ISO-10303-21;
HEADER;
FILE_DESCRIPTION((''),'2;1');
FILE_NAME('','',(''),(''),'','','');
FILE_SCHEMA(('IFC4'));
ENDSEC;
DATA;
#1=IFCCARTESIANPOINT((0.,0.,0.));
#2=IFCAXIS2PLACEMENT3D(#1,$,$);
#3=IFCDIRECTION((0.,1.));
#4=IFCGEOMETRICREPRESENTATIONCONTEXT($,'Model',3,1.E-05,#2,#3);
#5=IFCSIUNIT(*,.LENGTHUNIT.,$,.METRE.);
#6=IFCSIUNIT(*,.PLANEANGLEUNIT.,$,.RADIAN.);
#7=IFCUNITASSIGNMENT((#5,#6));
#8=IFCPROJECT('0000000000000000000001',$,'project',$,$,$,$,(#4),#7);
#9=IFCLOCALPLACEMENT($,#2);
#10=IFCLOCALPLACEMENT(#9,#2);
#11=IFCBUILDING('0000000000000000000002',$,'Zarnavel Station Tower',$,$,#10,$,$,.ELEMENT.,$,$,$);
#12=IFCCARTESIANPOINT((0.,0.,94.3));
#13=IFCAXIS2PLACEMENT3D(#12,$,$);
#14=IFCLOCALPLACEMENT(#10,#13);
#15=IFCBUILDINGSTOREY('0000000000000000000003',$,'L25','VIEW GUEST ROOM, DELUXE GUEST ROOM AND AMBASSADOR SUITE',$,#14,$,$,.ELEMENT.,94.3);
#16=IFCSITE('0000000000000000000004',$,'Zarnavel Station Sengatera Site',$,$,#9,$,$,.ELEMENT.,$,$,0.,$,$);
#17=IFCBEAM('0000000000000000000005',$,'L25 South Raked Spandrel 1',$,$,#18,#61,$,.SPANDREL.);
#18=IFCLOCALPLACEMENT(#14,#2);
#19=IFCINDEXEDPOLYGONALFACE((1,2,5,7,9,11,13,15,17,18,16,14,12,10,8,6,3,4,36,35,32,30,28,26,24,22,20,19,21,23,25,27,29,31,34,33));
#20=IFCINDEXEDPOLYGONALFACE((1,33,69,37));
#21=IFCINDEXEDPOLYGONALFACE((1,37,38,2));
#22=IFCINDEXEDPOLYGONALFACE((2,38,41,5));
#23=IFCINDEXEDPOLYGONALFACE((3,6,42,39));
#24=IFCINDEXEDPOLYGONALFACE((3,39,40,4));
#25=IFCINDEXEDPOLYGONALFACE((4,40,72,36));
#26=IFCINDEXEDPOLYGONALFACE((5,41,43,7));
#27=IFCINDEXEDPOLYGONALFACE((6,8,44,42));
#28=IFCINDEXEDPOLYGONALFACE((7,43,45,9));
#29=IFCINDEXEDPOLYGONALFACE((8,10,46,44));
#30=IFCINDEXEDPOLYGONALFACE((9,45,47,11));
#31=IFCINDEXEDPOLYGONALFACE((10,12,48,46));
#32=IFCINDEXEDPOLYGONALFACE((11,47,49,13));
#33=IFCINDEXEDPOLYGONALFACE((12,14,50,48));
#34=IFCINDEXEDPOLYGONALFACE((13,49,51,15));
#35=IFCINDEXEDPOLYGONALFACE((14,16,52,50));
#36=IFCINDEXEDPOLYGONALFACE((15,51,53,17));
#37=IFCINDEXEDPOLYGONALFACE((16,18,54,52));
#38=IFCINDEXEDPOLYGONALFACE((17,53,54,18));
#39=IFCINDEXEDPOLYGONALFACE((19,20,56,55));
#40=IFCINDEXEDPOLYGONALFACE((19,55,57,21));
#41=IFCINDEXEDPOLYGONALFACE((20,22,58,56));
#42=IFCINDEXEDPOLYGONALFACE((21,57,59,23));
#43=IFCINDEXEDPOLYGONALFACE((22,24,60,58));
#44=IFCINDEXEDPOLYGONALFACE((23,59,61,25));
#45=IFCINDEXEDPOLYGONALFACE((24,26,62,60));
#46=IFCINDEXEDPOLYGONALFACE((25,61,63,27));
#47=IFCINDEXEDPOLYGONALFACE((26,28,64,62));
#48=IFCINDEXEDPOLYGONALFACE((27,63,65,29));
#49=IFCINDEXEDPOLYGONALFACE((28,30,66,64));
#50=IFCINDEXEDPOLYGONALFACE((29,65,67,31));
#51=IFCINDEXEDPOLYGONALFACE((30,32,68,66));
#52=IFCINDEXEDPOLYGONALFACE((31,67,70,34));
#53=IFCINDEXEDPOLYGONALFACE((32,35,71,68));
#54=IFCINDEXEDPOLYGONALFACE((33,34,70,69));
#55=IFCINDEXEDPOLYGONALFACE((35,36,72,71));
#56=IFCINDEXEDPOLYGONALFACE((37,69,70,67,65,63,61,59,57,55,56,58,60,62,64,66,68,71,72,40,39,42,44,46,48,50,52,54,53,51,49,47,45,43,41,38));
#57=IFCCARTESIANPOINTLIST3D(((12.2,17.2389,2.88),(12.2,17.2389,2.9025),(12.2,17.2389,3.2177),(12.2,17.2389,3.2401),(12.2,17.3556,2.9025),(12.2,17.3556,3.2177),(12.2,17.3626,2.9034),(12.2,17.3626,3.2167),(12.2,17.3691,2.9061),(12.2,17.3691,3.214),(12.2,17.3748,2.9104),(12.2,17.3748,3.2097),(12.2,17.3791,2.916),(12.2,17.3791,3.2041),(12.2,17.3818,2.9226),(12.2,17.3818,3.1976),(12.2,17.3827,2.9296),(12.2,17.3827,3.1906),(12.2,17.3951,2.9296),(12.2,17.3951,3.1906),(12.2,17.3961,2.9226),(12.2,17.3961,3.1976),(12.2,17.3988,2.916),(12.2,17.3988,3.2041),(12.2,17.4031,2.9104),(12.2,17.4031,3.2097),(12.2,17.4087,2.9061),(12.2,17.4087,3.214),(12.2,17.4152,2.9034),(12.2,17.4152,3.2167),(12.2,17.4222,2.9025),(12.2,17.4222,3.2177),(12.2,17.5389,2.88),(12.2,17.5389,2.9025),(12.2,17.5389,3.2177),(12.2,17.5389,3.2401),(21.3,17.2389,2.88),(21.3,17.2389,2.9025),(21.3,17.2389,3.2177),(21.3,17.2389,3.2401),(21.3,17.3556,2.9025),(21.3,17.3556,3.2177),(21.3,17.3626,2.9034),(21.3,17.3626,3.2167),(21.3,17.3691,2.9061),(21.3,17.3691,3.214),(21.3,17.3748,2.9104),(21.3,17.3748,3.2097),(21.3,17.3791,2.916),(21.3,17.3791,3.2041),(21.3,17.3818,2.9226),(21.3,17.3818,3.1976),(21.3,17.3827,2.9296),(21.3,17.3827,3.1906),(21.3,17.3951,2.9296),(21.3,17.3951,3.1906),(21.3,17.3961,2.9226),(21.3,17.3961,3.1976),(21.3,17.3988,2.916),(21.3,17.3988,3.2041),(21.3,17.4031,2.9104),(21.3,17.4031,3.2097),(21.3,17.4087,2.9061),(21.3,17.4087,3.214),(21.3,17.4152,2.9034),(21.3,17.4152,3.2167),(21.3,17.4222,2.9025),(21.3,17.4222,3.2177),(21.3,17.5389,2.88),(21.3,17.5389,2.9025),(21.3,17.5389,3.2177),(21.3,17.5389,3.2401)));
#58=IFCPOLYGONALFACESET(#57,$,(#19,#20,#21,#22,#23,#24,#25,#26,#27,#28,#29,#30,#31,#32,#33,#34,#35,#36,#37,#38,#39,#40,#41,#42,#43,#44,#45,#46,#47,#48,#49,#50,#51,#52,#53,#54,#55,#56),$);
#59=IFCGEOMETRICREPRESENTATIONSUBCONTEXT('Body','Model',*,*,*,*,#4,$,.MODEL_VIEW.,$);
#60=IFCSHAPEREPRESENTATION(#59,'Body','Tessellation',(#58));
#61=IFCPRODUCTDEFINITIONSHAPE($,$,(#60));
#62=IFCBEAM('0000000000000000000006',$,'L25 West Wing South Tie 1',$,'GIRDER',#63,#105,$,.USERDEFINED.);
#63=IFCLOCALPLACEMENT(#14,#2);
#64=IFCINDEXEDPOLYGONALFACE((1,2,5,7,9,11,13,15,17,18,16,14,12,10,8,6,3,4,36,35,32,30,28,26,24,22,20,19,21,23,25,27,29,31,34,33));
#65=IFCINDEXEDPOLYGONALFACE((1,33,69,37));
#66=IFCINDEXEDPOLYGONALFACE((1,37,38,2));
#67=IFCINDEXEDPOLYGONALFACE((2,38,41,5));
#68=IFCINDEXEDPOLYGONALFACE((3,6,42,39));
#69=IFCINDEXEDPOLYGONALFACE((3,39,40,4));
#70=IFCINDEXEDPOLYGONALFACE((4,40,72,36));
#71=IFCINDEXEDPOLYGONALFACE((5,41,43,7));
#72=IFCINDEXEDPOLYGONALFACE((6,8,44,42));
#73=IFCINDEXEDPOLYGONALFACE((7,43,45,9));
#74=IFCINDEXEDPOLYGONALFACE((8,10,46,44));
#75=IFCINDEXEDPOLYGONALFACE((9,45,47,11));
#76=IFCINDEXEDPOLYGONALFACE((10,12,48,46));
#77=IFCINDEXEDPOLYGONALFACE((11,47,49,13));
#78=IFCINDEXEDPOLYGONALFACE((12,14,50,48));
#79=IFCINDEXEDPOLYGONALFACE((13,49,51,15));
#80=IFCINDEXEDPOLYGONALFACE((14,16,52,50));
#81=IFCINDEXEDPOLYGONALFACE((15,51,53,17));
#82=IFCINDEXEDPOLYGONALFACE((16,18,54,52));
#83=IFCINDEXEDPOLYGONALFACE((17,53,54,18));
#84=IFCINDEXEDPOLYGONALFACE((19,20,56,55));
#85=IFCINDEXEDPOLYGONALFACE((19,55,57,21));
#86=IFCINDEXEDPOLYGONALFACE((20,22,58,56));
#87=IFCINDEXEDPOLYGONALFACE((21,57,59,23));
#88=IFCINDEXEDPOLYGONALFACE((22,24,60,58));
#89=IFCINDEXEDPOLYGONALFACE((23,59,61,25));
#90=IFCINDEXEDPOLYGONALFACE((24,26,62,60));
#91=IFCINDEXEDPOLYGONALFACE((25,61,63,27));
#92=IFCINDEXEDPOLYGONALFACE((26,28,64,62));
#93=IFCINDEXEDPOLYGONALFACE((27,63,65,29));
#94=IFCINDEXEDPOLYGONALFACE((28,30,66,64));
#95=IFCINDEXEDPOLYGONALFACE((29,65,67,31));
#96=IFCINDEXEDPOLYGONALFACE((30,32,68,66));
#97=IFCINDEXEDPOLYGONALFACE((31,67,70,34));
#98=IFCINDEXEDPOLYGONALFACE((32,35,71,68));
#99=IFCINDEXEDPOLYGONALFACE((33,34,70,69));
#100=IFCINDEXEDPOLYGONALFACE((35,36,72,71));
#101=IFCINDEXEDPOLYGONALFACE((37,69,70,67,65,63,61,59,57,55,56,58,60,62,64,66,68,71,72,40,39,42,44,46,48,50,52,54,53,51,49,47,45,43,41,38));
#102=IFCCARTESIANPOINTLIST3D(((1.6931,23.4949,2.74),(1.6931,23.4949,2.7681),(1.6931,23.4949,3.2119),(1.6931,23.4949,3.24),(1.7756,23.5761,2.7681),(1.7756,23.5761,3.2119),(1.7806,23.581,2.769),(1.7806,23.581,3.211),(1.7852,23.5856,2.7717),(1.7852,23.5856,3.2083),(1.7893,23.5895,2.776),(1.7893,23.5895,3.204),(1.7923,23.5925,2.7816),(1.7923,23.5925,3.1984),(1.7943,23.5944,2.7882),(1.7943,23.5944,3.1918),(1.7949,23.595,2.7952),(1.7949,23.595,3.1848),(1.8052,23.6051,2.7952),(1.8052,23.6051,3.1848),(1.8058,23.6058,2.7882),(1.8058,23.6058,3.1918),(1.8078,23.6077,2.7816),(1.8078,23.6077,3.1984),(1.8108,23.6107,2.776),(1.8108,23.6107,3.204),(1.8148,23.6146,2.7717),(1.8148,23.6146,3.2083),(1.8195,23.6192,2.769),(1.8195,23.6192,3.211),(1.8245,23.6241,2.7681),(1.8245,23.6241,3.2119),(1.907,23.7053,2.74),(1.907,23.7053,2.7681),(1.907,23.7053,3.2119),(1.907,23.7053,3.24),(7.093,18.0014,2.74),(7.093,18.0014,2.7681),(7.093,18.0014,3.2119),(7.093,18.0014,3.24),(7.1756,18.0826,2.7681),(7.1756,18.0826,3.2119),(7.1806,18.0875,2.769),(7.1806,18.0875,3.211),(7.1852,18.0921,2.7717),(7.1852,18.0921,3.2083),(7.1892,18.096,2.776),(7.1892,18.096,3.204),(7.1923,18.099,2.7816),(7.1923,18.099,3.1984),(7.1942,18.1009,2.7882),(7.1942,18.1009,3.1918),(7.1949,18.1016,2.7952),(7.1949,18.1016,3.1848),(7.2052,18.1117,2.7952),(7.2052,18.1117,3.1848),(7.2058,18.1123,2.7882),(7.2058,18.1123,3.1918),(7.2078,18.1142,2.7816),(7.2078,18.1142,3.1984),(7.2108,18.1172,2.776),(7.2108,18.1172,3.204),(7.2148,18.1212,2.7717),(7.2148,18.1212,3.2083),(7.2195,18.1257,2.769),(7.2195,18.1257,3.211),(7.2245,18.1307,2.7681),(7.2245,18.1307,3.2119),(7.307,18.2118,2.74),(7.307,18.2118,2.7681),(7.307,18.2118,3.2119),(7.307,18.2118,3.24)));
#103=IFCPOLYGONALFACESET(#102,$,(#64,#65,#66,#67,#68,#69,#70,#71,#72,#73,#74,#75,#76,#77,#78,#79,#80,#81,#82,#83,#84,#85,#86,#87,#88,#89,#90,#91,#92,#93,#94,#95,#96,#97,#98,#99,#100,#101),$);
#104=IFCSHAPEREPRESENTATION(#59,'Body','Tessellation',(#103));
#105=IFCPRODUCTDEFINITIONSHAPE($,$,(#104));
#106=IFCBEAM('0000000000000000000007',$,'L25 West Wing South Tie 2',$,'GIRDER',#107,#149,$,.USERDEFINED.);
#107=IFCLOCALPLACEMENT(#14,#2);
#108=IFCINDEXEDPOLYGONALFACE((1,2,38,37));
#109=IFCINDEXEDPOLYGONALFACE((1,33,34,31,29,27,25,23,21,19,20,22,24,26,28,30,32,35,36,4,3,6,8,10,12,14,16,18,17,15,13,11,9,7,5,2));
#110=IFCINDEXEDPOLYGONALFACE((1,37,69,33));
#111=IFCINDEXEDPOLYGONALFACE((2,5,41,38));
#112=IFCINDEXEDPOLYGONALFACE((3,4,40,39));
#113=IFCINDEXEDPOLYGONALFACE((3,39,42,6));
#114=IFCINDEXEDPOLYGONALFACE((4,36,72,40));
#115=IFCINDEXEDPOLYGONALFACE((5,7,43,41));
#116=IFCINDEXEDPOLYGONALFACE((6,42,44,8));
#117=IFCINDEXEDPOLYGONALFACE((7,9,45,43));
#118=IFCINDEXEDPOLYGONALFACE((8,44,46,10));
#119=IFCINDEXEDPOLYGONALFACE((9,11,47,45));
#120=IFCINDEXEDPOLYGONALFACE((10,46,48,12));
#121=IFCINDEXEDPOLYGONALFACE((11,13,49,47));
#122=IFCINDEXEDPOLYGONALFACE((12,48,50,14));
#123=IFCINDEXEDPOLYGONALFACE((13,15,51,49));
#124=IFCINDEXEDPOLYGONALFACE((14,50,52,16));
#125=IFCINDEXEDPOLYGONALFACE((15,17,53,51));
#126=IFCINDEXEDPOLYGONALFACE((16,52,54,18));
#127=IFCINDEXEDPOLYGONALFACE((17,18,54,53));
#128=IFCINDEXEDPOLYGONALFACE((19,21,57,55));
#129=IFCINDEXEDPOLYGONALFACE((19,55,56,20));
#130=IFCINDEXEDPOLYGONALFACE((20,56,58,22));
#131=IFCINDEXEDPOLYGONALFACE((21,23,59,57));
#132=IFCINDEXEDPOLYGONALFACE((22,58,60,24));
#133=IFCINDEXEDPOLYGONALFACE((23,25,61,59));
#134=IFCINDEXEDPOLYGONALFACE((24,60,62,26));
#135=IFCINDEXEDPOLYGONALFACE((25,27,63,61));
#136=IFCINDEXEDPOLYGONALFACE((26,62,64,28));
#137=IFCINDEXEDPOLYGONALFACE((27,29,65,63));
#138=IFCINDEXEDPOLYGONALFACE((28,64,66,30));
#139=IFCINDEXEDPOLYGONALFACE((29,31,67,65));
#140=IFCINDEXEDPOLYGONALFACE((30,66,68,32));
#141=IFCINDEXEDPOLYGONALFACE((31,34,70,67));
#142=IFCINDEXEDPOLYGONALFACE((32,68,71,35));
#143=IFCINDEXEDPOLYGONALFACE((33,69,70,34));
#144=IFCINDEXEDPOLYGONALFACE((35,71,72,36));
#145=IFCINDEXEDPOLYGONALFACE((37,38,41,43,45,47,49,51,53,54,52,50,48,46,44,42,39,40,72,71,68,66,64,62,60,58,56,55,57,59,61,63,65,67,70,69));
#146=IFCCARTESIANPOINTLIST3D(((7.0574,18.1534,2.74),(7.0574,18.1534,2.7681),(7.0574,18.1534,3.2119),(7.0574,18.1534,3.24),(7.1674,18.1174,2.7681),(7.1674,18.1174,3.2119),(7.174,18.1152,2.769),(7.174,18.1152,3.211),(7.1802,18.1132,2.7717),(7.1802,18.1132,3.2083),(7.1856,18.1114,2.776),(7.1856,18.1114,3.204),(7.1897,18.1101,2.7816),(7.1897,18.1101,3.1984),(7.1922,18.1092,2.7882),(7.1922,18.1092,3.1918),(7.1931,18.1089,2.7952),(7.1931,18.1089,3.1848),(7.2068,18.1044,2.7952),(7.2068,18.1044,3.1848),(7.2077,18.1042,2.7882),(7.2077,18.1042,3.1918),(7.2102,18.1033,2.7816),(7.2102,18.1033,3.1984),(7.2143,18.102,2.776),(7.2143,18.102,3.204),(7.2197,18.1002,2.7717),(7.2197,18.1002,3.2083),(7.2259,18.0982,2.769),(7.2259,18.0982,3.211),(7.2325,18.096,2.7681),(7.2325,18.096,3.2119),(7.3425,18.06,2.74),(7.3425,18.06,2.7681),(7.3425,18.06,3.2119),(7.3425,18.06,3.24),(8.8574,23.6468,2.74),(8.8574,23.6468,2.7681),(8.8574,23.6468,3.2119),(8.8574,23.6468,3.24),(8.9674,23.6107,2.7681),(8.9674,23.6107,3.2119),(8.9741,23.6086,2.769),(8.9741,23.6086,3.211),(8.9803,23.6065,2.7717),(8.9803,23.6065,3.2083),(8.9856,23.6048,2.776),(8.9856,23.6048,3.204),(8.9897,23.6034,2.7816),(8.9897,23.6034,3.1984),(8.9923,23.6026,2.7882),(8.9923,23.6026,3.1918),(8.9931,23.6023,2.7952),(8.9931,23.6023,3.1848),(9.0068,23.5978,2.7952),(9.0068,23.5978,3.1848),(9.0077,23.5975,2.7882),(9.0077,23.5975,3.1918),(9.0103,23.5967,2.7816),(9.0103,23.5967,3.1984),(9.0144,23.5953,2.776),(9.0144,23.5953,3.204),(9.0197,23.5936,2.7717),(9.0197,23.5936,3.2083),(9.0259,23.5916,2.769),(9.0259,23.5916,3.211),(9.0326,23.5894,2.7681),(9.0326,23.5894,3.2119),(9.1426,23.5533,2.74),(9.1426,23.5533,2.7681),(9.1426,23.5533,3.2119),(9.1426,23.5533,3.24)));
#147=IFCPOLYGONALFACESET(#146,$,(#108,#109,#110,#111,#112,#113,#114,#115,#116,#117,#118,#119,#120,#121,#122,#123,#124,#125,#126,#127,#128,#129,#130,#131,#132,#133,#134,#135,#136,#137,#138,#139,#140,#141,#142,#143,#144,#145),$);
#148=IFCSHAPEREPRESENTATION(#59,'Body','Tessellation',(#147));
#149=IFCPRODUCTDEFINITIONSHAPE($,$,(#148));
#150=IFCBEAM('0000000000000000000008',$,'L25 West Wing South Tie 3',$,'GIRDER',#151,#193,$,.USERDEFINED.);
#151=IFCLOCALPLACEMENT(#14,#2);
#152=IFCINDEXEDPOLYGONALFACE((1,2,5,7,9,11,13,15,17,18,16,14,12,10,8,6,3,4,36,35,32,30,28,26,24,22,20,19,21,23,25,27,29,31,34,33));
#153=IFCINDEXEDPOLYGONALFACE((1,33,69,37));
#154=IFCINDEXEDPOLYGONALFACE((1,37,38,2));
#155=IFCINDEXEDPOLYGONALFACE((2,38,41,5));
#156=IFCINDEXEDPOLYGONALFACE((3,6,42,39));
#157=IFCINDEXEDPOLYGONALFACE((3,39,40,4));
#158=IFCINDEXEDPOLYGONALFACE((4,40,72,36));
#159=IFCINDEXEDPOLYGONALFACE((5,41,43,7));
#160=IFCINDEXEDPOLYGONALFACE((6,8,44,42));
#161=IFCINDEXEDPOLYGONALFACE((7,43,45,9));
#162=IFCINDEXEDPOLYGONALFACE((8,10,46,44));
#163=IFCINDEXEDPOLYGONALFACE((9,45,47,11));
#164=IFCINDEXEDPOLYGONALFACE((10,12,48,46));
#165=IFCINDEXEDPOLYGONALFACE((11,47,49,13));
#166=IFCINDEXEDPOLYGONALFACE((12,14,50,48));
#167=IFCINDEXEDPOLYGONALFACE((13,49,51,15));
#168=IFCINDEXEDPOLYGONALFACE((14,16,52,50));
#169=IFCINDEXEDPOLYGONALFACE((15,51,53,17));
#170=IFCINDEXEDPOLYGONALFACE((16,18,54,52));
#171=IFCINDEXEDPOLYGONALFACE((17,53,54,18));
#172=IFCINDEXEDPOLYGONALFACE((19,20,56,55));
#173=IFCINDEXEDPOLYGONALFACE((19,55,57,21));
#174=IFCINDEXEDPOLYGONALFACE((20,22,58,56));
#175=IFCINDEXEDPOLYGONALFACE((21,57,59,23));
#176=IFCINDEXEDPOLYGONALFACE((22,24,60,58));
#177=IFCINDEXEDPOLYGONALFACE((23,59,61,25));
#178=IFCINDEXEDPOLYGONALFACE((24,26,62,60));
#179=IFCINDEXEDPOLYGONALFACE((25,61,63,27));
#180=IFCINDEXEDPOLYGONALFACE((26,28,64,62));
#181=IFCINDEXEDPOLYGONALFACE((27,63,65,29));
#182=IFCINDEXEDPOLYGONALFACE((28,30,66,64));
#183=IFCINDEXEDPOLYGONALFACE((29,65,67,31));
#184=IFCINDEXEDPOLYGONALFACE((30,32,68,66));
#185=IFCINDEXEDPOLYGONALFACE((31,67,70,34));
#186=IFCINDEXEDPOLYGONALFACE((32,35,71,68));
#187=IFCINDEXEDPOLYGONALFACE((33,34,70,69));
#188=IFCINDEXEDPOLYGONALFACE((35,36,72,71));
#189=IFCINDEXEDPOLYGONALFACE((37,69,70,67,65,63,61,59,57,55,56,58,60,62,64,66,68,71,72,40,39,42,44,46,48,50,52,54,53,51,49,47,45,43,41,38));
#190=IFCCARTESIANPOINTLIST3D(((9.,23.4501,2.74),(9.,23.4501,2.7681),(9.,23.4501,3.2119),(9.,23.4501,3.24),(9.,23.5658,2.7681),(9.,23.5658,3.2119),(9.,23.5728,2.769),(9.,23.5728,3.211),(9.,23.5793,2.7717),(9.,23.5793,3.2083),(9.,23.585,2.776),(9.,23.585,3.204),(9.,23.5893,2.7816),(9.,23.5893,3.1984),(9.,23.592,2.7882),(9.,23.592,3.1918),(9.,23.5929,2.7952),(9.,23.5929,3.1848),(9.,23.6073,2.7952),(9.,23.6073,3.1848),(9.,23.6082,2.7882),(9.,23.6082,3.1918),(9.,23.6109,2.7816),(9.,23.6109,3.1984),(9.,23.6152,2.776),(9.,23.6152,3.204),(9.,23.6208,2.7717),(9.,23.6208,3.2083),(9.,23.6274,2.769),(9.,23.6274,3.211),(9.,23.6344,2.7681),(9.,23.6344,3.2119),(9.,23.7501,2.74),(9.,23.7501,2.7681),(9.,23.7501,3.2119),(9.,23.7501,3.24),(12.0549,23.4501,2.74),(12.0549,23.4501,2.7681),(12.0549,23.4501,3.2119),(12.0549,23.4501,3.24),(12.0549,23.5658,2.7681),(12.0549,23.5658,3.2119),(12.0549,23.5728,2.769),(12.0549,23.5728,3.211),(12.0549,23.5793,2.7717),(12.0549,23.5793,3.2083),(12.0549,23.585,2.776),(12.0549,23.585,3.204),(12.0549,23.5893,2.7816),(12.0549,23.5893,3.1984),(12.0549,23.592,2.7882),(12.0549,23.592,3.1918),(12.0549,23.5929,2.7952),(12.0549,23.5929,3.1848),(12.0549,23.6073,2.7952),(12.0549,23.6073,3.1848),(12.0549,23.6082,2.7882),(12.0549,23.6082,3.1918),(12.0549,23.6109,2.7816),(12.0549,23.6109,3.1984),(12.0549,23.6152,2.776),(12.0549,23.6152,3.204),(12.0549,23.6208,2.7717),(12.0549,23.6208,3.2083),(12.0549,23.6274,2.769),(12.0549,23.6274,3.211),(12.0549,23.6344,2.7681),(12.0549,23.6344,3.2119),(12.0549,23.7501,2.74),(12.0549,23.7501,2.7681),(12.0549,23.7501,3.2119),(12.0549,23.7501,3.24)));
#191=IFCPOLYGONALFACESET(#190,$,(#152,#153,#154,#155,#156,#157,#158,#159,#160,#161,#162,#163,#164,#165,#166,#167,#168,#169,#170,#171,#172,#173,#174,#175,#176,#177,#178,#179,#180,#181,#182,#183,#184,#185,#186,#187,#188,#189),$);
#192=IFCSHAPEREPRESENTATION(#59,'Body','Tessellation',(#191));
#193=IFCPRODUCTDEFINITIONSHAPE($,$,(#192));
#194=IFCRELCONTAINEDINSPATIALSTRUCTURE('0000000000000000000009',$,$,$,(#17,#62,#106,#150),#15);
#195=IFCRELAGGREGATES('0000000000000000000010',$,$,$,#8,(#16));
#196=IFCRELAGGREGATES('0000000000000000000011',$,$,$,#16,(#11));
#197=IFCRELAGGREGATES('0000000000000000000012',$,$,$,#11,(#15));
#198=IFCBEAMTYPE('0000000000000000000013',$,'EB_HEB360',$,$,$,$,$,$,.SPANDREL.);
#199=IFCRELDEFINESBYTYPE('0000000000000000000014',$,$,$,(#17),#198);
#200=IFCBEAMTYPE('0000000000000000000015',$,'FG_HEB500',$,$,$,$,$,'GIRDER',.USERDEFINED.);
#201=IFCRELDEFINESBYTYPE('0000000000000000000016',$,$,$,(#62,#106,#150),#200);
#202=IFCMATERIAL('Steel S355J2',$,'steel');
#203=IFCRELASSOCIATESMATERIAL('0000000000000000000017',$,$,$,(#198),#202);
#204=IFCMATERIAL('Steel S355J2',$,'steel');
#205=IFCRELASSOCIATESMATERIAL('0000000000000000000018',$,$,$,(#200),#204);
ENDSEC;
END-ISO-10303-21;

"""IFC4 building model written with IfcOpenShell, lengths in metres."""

from ifc_helpers import new_model, si_unit, direction, frame, origin, origin_2d, place, context, subcontext, project, spatial, i_section, extrude, material, material_profile, profile_set, type_object, element, save


model = new_model("IFC4")

# Units and contexts
model_context = context("Model", 3, precision=1e-05, world=origin(), true_north=direction((0.0, 1.0)))
body_context = subcontext(model_context, "Body", "Model", "MODEL_VIEW")
ifc_project = project(units=[si_unit("LENGTHUNIT", "METRE"), si_unit("PLANEANGLEUNIT", "RADIAN")], contexts=[model_context])

# Site, building, storey
site_placement = place(None, origin())
site = spatial("IfcSite", under=ifc_project, at=site_placement, Name="Zarnavel Station Sengatera Site", CompositionType="ELEMENT", RefElevation=0.0)
building_placement = place(site_placement, origin())
building = spatial("IfcBuilding", under=site, at=building_placement, Name="Zarnavel Station Tower", CompositionType="ELEMENT")
storey_placement = place(building_placement, frame((0.0, 0.0, 94.3)))
storey = spatial("IfcBuildingStorey", under=building, at=storey_placement, Name="L25", Description="VIEW GUEST ROOM, DELUXE GUEST ROOM AND AMBASSADOR SUITE", CompositionType="ELEMENT", Elevation=94.3)

# Beams
ifc_material_1 = material(Name="Steel S355J2", Category="steel")
ifc_material_profile_1 = material_profile(ifc_material_1, i_section(OverallWidth=0.3, OverallDepth=0.3601, WebThickness=0.0125, FlangeThickness=0.0225, FilletRadius=0.0271, at=origin_2d()), Name="HEB360")
ifc_profile_set_1 = profile_set([ifc_material_profile_1], Name="Steel S355J2")
beam_type_1 = type_object("IfcBeamType", Name="EB_HEB360", PredefinedType="SPANDREL", material=ifc_profile_set_1)
beam_1_placement = place(storey_placement, frame((12.2, 17.3889, 3.0601), z_axis=(1.0, 0.0, 0.0), x_axis=(0.0, 1.0, 0.0)))
element("IfcBeam", 1, at=beam_1_placement, inside=storey, type_object=beam_type_1, Name="L25 South Raked Spandrel 1", PredefinedType="SPANDREL", context=body_context, shape_type="SweptSolid", body=[
    extrude(i_section(OverallWidth=0.3, OverallDepth=0.3601, WebThickness=0.0125, FlangeThickness=0.0225, FilletRadius=0.0271, at=origin_2d()), origin(), (0.0, 0.0, 1.0), 9.1001),
])
ifc_material_2 = material(Name="Steel S355J2", Category="steel")
ifc_material_profile_2 = material_profile(ifc_material_2, i_section(OverallWidth=0.3, OverallDepth=0.5, WebThickness=0.0144, FlangeThickness=0.0281, FilletRadius=0.0271, at=origin_2d()), Name="HEB500")
ifc_profile_set_2 = profile_set([ifc_material_profile_2], Name="Steel S355J2")
beam_type_2 = type_object("IfcBeamType", Name="FG_HEB500", ElementType="GIRDER", PredefinedType="USERDEFINED", material=ifc_profile_set_2)
beam_2_placement = place(storey_placement, frame((1.8, 23.6001, 2.99), z_axis=(0.701011, -0.71315, 0.0), x_axis=(0.71315, 0.701011, 0.0)))
element("IfcBeam", 2, at=beam_2_placement, inside=storey, type_object=beam_type_2, Name="L25 West Wing South Tie 1", ObjectType="GIRDER", PredefinedType="USERDEFINED", context=body_context, shape_type="SweptSolid", body=[
    extrude(i_section(OverallWidth=0.3, OverallDepth=0.5, WebThickness=0.0144, FlangeThickness=0.0281, FilletRadius=0.0271, at=origin_2d()), origin(), (0.0, 0.0, 1.0), 7.7031),
])
beam_3_placement = place(storey_placement, frame((7.2, 18.1067, 2.99), z_axis=(0.311384, 0.950284, 0.0), x_axis=(-0.950284, 0.311384, 0.0)))
element("IfcBeam", 3, at=beam_3_placement, inside=storey, type_object=beam_type_2, Name="L25 West Wing South Tie 2", ObjectType="GIRDER", PredefinedType="USERDEFINED", context=body_context, shape_type="SweptSolid", body=[
    extrude(i_section(OverallWidth=0.3, OverallDepth=0.5, WebThickness=0.0144, FlangeThickness=0.0281, FilletRadius=0.0271, at=origin_2d()), origin(), (0.0, 0.0, 1.0), 5.7808),
])
beam_4_placement = place(storey_placement, frame((9.0, 23.6001, 2.99), z_axis=(1.0, 0.0, 0.0), x_axis=(0.0, 1.0, 0.0)))
element("IfcBeam", 4, at=beam_4_placement, inside=storey, type_object=beam_type_2, Name="L25 West Wing South Tie 3", ObjectType="GIRDER", PredefinedType="USERDEFINED", context=body_context, shape_type="SweptSolid", body=[
    extrude(i_section(OverallWidth=0.3, OverallDepth=0.5, WebThickness=0.0144, FlangeThickness=0.0281, FilletRadius=0.0271, at=origin_2d()), origin(), (0.0, 0.0, 1.0), 3.0549),
])

save(model, "model.ifc")
